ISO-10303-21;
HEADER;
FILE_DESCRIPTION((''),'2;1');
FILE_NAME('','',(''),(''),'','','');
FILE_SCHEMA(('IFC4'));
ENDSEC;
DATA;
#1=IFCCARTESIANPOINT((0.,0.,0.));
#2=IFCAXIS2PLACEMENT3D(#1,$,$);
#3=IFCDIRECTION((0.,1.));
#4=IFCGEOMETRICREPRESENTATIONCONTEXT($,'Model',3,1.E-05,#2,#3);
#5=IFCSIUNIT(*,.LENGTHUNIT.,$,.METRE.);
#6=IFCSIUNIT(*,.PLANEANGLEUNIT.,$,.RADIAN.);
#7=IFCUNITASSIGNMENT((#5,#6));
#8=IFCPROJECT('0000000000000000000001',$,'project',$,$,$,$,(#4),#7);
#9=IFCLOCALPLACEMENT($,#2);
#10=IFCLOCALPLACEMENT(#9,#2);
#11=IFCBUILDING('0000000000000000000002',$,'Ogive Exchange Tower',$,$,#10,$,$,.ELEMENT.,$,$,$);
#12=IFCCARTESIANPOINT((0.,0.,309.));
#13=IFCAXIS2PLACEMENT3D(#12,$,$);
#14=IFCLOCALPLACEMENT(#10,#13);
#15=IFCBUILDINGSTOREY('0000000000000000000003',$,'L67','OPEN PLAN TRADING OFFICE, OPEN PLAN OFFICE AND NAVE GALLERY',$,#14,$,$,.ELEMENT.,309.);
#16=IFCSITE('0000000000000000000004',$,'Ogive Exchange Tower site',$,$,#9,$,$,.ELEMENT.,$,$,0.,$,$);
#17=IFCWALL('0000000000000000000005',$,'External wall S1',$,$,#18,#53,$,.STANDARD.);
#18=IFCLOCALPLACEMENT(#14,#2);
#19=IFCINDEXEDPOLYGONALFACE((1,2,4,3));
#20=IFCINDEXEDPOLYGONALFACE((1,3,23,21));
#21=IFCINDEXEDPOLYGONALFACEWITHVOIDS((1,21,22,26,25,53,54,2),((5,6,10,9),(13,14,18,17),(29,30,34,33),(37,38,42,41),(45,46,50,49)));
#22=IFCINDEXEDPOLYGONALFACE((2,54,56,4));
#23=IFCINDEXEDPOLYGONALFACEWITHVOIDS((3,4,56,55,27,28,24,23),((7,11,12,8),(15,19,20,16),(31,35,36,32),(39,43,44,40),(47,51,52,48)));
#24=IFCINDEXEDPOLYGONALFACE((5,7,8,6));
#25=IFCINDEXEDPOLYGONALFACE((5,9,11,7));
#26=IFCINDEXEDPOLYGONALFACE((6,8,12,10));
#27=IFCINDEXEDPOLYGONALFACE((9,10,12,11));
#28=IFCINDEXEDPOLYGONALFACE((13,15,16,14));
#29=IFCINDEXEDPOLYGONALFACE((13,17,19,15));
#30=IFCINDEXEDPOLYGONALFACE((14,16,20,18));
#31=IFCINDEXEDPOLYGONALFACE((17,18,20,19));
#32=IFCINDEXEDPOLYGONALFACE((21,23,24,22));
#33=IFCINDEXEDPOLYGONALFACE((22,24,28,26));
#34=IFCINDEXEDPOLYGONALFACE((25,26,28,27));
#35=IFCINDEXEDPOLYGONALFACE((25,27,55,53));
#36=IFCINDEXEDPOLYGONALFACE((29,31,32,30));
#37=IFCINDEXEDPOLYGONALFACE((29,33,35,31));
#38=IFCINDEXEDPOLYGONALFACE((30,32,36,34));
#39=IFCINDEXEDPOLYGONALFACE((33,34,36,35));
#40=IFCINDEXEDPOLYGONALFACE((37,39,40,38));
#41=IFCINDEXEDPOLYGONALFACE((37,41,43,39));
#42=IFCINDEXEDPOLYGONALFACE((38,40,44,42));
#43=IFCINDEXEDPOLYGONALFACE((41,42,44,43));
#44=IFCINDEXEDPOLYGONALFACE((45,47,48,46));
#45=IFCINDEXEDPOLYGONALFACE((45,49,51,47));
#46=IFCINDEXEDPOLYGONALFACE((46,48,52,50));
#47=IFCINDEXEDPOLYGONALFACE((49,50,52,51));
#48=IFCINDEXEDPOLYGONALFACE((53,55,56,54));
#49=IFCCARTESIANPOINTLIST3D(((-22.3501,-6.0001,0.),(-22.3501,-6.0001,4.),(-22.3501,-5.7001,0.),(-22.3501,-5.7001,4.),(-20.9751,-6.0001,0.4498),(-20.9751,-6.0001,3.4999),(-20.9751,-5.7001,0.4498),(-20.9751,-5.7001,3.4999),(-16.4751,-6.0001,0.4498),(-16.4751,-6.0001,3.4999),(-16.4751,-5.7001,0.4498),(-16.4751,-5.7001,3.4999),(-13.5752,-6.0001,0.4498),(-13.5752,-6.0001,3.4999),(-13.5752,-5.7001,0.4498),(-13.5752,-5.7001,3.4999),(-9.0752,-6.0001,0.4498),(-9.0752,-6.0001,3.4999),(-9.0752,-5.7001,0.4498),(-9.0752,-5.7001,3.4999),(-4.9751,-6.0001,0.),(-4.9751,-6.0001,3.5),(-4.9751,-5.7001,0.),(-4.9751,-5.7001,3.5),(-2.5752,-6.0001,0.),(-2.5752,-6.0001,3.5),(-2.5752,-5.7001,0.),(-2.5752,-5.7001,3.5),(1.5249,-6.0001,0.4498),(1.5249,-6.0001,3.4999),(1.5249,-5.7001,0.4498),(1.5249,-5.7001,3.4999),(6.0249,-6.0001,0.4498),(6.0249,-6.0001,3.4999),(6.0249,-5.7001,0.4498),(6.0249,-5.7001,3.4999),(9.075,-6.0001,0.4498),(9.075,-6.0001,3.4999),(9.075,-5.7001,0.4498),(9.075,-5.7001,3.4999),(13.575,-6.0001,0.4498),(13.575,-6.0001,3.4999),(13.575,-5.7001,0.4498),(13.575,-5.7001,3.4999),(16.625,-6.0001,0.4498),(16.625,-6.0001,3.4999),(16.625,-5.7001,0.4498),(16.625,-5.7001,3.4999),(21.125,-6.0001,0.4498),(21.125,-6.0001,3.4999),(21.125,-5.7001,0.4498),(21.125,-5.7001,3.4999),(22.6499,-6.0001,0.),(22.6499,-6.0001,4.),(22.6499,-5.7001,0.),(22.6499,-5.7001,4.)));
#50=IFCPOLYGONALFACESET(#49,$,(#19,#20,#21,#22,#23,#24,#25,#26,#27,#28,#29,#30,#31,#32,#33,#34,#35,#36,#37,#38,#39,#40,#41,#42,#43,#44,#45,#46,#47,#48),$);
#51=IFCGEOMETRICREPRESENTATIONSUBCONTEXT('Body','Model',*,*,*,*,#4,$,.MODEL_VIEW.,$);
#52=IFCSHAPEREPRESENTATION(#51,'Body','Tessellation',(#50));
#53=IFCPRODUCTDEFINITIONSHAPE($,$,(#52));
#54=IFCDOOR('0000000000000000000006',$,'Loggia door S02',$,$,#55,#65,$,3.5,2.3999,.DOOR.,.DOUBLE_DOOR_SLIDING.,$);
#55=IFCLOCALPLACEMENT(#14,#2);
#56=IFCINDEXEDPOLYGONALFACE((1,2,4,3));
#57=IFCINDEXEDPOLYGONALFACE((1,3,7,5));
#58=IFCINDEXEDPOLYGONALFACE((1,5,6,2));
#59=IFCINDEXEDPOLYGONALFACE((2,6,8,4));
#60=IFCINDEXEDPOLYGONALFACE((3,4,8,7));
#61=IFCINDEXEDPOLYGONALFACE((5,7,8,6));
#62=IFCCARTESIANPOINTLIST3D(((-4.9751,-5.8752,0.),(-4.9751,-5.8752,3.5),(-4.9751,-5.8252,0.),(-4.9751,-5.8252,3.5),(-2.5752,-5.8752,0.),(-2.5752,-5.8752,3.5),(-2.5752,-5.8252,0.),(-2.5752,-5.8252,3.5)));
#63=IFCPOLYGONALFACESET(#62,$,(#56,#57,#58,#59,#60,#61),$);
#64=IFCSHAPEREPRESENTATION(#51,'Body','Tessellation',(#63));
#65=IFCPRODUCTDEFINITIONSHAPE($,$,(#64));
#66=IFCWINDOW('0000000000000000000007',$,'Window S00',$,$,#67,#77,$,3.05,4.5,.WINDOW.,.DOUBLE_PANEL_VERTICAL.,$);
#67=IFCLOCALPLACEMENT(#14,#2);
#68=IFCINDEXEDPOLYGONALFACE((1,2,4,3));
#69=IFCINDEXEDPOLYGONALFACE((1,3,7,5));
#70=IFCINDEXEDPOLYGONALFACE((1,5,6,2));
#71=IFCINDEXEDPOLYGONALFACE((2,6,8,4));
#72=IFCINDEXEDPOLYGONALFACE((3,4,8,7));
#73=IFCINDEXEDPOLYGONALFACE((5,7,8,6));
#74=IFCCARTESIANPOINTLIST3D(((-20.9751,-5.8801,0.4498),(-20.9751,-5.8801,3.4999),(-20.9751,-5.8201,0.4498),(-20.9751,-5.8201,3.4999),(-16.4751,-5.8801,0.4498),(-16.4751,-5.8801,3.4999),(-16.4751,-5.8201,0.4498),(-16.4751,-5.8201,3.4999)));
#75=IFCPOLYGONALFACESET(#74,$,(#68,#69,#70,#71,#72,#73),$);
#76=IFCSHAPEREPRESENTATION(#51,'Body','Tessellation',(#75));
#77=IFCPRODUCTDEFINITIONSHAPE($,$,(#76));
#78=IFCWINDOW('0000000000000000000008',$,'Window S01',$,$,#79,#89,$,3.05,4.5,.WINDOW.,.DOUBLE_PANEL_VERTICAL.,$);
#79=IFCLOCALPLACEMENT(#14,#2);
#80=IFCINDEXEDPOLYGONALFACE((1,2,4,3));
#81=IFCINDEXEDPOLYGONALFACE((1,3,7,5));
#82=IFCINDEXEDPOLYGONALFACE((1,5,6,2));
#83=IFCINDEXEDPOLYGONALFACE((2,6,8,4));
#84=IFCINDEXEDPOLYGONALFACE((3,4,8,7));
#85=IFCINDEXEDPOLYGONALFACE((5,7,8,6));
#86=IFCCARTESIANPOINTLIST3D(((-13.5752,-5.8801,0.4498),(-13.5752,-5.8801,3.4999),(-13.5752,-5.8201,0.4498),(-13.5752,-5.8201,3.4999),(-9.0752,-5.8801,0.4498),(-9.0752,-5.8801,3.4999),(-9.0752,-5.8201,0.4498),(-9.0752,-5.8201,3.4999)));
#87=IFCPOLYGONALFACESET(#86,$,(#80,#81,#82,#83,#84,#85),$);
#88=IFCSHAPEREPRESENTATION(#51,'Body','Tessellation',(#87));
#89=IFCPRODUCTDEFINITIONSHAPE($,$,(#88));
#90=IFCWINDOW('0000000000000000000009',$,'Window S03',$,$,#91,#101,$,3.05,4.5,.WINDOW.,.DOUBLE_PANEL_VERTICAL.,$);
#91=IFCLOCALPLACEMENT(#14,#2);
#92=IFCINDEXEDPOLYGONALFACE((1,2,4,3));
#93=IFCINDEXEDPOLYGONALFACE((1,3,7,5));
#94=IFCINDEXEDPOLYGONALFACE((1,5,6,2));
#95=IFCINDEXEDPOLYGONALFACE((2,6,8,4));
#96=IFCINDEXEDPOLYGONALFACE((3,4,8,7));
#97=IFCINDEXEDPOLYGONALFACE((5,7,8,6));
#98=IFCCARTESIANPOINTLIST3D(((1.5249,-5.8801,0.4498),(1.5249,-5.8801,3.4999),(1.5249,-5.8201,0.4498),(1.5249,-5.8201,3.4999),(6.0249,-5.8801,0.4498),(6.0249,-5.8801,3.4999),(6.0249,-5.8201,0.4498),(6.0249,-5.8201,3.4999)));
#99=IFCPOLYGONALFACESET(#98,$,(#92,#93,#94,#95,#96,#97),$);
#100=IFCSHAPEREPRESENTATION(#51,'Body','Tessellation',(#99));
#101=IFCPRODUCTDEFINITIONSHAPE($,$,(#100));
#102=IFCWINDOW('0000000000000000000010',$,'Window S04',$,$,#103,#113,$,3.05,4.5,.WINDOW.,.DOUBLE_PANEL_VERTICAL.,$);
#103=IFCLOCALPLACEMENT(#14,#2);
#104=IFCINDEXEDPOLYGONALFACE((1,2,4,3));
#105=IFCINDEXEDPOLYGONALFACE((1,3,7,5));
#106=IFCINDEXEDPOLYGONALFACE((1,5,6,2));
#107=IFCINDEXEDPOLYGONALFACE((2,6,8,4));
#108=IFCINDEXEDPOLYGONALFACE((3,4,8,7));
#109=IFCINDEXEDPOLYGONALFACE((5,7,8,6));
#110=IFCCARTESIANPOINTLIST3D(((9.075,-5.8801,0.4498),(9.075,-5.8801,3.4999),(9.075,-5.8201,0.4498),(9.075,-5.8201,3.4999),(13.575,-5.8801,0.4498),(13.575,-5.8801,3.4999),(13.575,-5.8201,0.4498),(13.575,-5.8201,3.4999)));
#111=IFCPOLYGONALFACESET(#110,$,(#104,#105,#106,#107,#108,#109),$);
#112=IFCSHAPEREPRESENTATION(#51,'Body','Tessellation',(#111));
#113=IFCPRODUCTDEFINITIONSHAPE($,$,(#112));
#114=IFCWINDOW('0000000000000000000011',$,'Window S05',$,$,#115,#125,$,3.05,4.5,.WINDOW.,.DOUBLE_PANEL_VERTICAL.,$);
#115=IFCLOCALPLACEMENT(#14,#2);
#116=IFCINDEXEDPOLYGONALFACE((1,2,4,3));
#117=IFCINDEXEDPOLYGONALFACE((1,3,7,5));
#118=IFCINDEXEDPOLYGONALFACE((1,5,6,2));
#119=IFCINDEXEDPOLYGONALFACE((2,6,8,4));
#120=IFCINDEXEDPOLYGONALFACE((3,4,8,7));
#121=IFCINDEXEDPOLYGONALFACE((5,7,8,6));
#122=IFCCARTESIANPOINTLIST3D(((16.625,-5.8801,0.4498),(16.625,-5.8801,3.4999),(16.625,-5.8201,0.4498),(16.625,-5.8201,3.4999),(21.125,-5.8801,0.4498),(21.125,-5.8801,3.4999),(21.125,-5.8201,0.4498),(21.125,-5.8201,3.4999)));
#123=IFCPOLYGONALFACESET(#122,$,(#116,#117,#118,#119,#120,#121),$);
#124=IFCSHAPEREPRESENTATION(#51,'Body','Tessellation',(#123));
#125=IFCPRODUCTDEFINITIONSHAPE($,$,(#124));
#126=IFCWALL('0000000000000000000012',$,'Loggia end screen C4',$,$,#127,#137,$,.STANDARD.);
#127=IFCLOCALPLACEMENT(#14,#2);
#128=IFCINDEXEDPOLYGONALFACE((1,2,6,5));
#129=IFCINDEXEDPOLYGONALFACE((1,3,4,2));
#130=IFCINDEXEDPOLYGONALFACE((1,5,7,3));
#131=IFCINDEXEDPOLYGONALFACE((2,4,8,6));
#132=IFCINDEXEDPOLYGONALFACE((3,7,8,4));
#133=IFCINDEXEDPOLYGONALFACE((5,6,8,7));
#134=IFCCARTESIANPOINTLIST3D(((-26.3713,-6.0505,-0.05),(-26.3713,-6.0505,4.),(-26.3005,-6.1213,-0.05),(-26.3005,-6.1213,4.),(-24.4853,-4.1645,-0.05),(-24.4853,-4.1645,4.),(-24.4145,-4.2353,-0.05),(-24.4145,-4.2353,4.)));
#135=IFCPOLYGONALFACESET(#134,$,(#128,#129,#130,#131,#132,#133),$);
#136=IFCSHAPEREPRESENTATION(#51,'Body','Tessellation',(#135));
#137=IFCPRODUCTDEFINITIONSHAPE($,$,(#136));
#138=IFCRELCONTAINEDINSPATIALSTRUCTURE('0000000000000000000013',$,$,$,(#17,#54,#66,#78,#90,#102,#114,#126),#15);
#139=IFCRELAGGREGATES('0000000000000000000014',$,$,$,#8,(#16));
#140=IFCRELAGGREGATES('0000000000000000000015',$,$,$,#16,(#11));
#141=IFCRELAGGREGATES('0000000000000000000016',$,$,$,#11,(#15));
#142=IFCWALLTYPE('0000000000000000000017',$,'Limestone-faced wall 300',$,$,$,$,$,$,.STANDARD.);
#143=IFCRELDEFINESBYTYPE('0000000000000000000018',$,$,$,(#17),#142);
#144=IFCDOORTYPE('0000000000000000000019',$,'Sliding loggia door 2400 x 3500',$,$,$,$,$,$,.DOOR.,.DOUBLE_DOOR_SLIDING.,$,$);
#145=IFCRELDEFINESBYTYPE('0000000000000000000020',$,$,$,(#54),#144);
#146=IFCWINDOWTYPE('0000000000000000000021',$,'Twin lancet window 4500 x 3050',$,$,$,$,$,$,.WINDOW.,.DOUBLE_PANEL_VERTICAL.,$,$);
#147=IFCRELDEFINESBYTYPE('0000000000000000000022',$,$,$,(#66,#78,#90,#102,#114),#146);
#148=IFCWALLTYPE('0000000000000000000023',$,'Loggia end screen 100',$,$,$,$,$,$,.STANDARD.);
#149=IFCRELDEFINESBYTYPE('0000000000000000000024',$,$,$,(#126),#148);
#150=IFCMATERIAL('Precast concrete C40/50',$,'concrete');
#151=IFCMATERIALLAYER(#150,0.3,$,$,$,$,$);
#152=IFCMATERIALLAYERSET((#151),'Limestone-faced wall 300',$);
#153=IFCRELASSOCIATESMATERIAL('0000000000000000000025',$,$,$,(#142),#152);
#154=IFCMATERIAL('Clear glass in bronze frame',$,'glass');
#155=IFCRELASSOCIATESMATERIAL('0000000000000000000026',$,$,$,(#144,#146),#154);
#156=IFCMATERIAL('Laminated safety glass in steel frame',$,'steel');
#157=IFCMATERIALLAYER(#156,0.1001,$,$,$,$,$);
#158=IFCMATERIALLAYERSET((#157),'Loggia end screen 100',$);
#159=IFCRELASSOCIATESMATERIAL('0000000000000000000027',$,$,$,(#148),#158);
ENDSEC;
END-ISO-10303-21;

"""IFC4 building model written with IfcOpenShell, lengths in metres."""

from ifc_helpers import new_model, si_unit, direction, frame, frame_2d, origin, place, context, subcontext, project, spatial, rectangle, extrude, material, layer, layer_set, type_object, element, fill, save


model = new_model("IFC4")

# Units and contexts
model_context = context("Model", 3, precision=1e-05, world=origin(), true_north=direction((0.0, 1.0)))
body_context = subcontext(model_context, "Body", "Model", "MODEL_VIEW")
ifc_project = project(units=[si_unit("LENGTHUNIT", "METRE"), si_unit("PLANEANGLEUNIT", "RADIAN")], contexts=[model_context])

# Site, building, storey
site_placement = place(None, origin())
site = spatial("IfcSite", under=ifc_project, at=site_placement, Name="Ogive Exchange Tower site", CompositionType="ELEMENT", RefElevation=0.0)
building_placement = place(site_placement, origin())
building = spatial("IfcBuilding", under=site, at=building_placement, Name="Ogive Exchange Tower", CompositionType="ELEMENT")
storey_placement = place(building_placement, frame((0.0, 0.0, 309.0)))
storey = spatial("IfcBuildingStorey", under=building, at=storey_placement, Name="L67", Description="OPEN PLAN TRADING OFFICE, OPEN PLAN OFFICE AND NAVE GALLERY", CompositionType="ELEMENT", Elevation=309.0)

# Wall, openings, door, windows
ifc_material_1 = material(Name="Precast concrete C40/50", Category="concrete")
ifc_layer_1 = layer(ifc_material_1, 0.3)
ifc_layer_set_1 = layer_set([ifc_layer_1], Name="Limestone-faced wall 300")
wall_type_1 = type_object("IfcWallType", Name="Limestone-faced wall 300", PredefinedType="STANDARD", material=ifc_layer_set_1)
wall_1_placement = place(storey_placement, frame((-22.3501, -5.8501, 0.0), z_axis=(0.0, 0.0, 1.0), x_axis=(1.0, 0.0, 0.0)))
wall_1 = element("IfcWall", 1, at=wall_1_placement, inside=storey, type_object=wall_type_1, Name="External wall S1", PredefinedType="STANDARD", context=body_context, shape_type="SweptSolid", body=[
    extrude(rectangle(XDim=45.0, YDim=0.3, at=frame_2d((22.5, 0.0))), origin(), (0.0, 0.0, 1.0), 4.0),
])
opening_1_placement = place(wall_1_placement, frame((1.375, 0.0, 0.45)))
opening_1 = element("IfcOpeningElement", 2, at=opening_1_placement, cuts=wall_1, PredefinedType="OPENING", context=body_context, shape_type="SweptSolid", body=[
    extrude(rectangle(XDim=4.5, YDim=3.05, at=frame_2d((2.25, 1.5249))), frame((0.0, 0.1599, 0.0), z_axis=(0.0, -1.0, 0.0), x_axis=(1.0, 0.0, 0.0)), (0.0, 0.0, 1.0), 0.3201),
])
opening_2_placement = place(wall_1_placement, frame((8.7749, 0.0, 0.45)))
opening_2 = element("IfcOpeningElement", 3, at=opening_2_placement, cuts=wall_1, PredefinedType="OPENING", context=body_context, shape_type="SweptSolid", body=[
    extrude(rectangle(XDim=4.5, YDim=3.05, at=frame_2d((2.25, 1.5249))), frame((0.0, 0.1599, 0.0), z_axis=(0.0, -1.0, 0.0), x_axis=(1.0, 0.0, 0.0)), (0.0, 0.0, 1.0), 0.3201),
])
opening_3_placement = place(wall_1_placement, frame((17.375, 0.0, 0.0)))
opening_3 = element("IfcOpeningElement", 4, at=opening_3_placement, cuts=wall_1, PredefinedType="OPENING", context=body_context, shape_type="SweptSolid", body=[
    extrude(rectangle(XDim=2.3999, YDim=3.5, at=frame_2d((1.2, 1.75))), frame((0.0, 0.1599, 0.0), z_axis=(0.0, -1.0, 0.0), x_axis=(1.0, 0.0, 0.0)), (0.0, 0.0, 1.0), 0.3201),
])
opening_4_placement = place(wall_1_placement, frame((23.875, 0.0, 0.45)))
opening_4 = element("IfcOpeningElement", 5, at=opening_4_placement, cuts=wall_1, PredefinedType="OPENING", context=body_context, shape_type="SweptSolid", body=[
    extrude(rectangle(XDim=4.5, YDim=3.05, at=frame_2d((2.25, 1.5249))), frame((0.0, 0.1599, 0.0), z_axis=(0.0, -1.0, 0.0), x_axis=(1.0, 0.0, 0.0)), (0.0, 0.0, 1.0), 0.3201),
])
opening_5_placement = place(wall_1_placement, frame((31.425, 0.0, 0.45)))
opening_5 = element("IfcOpeningElement", 6, at=opening_5_placement, cuts=wall_1, PredefinedType="OPENING", context=body_context, shape_type="SweptSolid", body=[
    extrude(rectangle(XDim=4.5, YDim=3.05, at=frame_2d((2.25, 1.5249))), frame((0.0, 0.1599, 0.0), z_axis=(0.0, -1.0, 0.0), x_axis=(1.0, 0.0, 0.0)), (0.0, 0.0, 1.0), 0.3201),
])
opening_6_placement = place(wall_1_placement, frame((38.9751, 0.0, 0.45)))
opening_6 = element("IfcOpeningElement", 7, at=opening_6_placement, cuts=wall_1, PredefinedType="OPENING", context=body_context, shape_type="SweptSolid", body=[
    extrude(rectangle(XDim=4.5, YDim=3.05, at=frame_2d((2.25, 1.5249))), frame((0.0, 0.1599, 0.0), z_axis=(0.0, -1.0, 0.0), x_axis=(1.0, 0.0, 0.0)), (0.0, 0.0, 1.0), 0.3201),
])
ifc_material_2 = material(Name="Clear glass in bronze frame", Category="glass")
door_type = type_object("IfcDoorType", Name="Sliding loggia door 2400 x 3500", OperationType="DOUBLE_DOOR_SLIDING", PredefinedType="DOOR", material=ifc_material_2)
door_placement = place(opening_3_placement, origin())
door = element("IfcDoor", 8, at=door_placement, inside=storey, type_object=door_type, Name="Loggia door S02", OperationType="DOUBLE_DOOR_SLIDING", OverallHeight=3.5, OverallWidth=2.3999, PredefinedType="DOOR", context=body_context, shape_type="SweptSolid", body=[
    extrude(rectangle(XDim=2.3999, YDim=3.5, at=frame_2d((1.2, 1.75))), frame((0.0, 0.0249, 0.0), z_axis=(0.0, -1.0, 0.0), x_axis=(1.0, 0.0, 0.0)), (0.0, 0.0, 1.0), 0.05),
])
fill(opening_3, door)
window_type = type_object("IfcWindowType", Name="Twin lancet window 4500 x 3050", PartitioningType="DOUBLE_PANEL_VERTICAL", PredefinedType="WINDOW", material=ifc_material_2)
window_1_placement = place(opening_1_placement, origin())
window_1 = element("IfcWindow", 9, at=window_1_placement, inside=storey, type_object=window_type, Name="Window S00", OverallHeight=3.05, OverallWidth=4.5, PartitioningType="DOUBLE_PANEL_VERTICAL", PredefinedType="WINDOW", context=body_context, shape_type="SweptSolid", body=[
    extrude(rectangle(XDim=4.5, YDim=3.05, at=frame_2d((2.25, 1.5249))), frame((0.0, 0.03, 0.0), z_axis=(0.0, -1.0, 0.0), x_axis=(1.0, 0.0, 0.0)), (0.0, 0.0, 1.0), 0.0601),
])
fill(opening_1, window_1)
window_2_placement = place(opening_2_placement, origin())
window_2 = element("IfcWindow", 10, at=window_2_placement, inside=storey, type_object=window_type, Name="Window S01", OverallHeight=3.05, OverallWidth=4.5, PartitioningType="DOUBLE_PANEL_VERTICAL", PredefinedType="WINDOW", context=body_context, shape_type="SweptSolid", body=[
    extrude(rectangle(XDim=4.5, YDim=3.05, at=frame_2d((2.25, 1.5249))), frame((0.0, 0.03, 0.0), z_axis=(0.0, -1.0, 0.0), x_axis=(1.0, 0.0, 0.0)), (0.0, 0.0, 1.0), 0.0601),
])
fill(opening_2, window_2)
window_3_placement = place(opening_4_placement, origin())
window_3 = element("IfcWindow", 11, at=window_3_placement, inside=storey, type_object=window_type, Name="Window S03", OverallHeight=3.05, OverallWidth=4.5, PartitioningType="DOUBLE_PANEL_VERTICAL", PredefinedType="WINDOW", context=body_context, shape_type="SweptSolid", body=[
    extrude(rectangle(XDim=4.5, YDim=3.05, at=frame_2d((2.25, 1.5249))), frame((0.0, 0.03, 0.0), z_axis=(0.0, -1.0, 0.0), x_axis=(1.0, 0.0, 0.0)), (0.0, 0.0, 1.0), 0.0601),
])
fill(opening_4, window_3)
window_4_placement = place(opening_5_placement, origin())
window_4 = element("IfcWindow", 12, at=window_4_placement, inside=storey, type_object=window_type, Name="Window S04", OverallHeight=3.05, OverallWidth=4.5, PartitioningType="DOUBLE_PANEL_VERTICAL", PredefinedType="WINDOW", context=body_context, shape_type="SweptSolid", body=[
    extrude(rectangle(XDim=4.5, YDim=3.05, at=frame_2d((2.25, 1.5249))), frame((0.0, 0.03, 0.0), z_axis=(0.0, -1.0, 0.0), x_axis=(1.0, 0.0, 0.0)), (0.0, 0.0, 1.0), 0.0601),
])
fill(opening_5, window_4)
window_5_placement = place(opening_6_placement, origin())
window_5 = element("IfcWindow", 13, at=window_5_placement, inside=storey, type_object=window_type, Name="Window S05", OverallHeight=3.05, OverallWidth=4.5, PartitioningType="DOUBLE_PANEL_VERTICAL", PredefinedType="WINDOW", context=body_context, shape_type="SweptSolid", body=[
    extrude(rectangle(XDim=4.5, YDim=3.05, at=frame_2d((2.25, 1.5249))), frame((0.0, 0.03, 0.0), z_axis=(0.0, -1.0, 0.0), x_axis=(1.0, 0.0, 0.0)), (0.0, 0.0, 1.0), 0.0601),
])
fill(opening_6, window_5)

# Wall
ifc_material_3 = material(Name="Laminated safety glass in steel frame", Category="steel")
ifc_layer_2 = layer(ifc_material_3, 0.1001)
ifc_layer_set_2 = layer_set([ifc_layer_2], Name="Loggia end screen 100")
wall_type_2 = type_object("IfcWallType", Name="Loggia end screen 100", PredefinedType="STANDARD", material=ifc_layer_set_2)
wall_2_placement = place(storey_placement, frame((-24.45, -4.2, -0.05), z_axis=(0.0, 0.0, 1.0), x_axis=(-0.707107, -0.707107, 0.0)))
element("IfcWall", 14, at=wall_2_placement, inside=storey, type_object=wall_type_2, Name="Loggia end screen C4", PredefinedType="STANDARD", context=body_context, shape_type="SweptSolid", body=[
    extrude(rectangle(XDim=2.6672, YDim=0.1001, at=frame_2d((1.3335, 0.0))), origin(), (0.0, 0.0, 1.0), 4.05),
])

save(model, "model.ifc")
